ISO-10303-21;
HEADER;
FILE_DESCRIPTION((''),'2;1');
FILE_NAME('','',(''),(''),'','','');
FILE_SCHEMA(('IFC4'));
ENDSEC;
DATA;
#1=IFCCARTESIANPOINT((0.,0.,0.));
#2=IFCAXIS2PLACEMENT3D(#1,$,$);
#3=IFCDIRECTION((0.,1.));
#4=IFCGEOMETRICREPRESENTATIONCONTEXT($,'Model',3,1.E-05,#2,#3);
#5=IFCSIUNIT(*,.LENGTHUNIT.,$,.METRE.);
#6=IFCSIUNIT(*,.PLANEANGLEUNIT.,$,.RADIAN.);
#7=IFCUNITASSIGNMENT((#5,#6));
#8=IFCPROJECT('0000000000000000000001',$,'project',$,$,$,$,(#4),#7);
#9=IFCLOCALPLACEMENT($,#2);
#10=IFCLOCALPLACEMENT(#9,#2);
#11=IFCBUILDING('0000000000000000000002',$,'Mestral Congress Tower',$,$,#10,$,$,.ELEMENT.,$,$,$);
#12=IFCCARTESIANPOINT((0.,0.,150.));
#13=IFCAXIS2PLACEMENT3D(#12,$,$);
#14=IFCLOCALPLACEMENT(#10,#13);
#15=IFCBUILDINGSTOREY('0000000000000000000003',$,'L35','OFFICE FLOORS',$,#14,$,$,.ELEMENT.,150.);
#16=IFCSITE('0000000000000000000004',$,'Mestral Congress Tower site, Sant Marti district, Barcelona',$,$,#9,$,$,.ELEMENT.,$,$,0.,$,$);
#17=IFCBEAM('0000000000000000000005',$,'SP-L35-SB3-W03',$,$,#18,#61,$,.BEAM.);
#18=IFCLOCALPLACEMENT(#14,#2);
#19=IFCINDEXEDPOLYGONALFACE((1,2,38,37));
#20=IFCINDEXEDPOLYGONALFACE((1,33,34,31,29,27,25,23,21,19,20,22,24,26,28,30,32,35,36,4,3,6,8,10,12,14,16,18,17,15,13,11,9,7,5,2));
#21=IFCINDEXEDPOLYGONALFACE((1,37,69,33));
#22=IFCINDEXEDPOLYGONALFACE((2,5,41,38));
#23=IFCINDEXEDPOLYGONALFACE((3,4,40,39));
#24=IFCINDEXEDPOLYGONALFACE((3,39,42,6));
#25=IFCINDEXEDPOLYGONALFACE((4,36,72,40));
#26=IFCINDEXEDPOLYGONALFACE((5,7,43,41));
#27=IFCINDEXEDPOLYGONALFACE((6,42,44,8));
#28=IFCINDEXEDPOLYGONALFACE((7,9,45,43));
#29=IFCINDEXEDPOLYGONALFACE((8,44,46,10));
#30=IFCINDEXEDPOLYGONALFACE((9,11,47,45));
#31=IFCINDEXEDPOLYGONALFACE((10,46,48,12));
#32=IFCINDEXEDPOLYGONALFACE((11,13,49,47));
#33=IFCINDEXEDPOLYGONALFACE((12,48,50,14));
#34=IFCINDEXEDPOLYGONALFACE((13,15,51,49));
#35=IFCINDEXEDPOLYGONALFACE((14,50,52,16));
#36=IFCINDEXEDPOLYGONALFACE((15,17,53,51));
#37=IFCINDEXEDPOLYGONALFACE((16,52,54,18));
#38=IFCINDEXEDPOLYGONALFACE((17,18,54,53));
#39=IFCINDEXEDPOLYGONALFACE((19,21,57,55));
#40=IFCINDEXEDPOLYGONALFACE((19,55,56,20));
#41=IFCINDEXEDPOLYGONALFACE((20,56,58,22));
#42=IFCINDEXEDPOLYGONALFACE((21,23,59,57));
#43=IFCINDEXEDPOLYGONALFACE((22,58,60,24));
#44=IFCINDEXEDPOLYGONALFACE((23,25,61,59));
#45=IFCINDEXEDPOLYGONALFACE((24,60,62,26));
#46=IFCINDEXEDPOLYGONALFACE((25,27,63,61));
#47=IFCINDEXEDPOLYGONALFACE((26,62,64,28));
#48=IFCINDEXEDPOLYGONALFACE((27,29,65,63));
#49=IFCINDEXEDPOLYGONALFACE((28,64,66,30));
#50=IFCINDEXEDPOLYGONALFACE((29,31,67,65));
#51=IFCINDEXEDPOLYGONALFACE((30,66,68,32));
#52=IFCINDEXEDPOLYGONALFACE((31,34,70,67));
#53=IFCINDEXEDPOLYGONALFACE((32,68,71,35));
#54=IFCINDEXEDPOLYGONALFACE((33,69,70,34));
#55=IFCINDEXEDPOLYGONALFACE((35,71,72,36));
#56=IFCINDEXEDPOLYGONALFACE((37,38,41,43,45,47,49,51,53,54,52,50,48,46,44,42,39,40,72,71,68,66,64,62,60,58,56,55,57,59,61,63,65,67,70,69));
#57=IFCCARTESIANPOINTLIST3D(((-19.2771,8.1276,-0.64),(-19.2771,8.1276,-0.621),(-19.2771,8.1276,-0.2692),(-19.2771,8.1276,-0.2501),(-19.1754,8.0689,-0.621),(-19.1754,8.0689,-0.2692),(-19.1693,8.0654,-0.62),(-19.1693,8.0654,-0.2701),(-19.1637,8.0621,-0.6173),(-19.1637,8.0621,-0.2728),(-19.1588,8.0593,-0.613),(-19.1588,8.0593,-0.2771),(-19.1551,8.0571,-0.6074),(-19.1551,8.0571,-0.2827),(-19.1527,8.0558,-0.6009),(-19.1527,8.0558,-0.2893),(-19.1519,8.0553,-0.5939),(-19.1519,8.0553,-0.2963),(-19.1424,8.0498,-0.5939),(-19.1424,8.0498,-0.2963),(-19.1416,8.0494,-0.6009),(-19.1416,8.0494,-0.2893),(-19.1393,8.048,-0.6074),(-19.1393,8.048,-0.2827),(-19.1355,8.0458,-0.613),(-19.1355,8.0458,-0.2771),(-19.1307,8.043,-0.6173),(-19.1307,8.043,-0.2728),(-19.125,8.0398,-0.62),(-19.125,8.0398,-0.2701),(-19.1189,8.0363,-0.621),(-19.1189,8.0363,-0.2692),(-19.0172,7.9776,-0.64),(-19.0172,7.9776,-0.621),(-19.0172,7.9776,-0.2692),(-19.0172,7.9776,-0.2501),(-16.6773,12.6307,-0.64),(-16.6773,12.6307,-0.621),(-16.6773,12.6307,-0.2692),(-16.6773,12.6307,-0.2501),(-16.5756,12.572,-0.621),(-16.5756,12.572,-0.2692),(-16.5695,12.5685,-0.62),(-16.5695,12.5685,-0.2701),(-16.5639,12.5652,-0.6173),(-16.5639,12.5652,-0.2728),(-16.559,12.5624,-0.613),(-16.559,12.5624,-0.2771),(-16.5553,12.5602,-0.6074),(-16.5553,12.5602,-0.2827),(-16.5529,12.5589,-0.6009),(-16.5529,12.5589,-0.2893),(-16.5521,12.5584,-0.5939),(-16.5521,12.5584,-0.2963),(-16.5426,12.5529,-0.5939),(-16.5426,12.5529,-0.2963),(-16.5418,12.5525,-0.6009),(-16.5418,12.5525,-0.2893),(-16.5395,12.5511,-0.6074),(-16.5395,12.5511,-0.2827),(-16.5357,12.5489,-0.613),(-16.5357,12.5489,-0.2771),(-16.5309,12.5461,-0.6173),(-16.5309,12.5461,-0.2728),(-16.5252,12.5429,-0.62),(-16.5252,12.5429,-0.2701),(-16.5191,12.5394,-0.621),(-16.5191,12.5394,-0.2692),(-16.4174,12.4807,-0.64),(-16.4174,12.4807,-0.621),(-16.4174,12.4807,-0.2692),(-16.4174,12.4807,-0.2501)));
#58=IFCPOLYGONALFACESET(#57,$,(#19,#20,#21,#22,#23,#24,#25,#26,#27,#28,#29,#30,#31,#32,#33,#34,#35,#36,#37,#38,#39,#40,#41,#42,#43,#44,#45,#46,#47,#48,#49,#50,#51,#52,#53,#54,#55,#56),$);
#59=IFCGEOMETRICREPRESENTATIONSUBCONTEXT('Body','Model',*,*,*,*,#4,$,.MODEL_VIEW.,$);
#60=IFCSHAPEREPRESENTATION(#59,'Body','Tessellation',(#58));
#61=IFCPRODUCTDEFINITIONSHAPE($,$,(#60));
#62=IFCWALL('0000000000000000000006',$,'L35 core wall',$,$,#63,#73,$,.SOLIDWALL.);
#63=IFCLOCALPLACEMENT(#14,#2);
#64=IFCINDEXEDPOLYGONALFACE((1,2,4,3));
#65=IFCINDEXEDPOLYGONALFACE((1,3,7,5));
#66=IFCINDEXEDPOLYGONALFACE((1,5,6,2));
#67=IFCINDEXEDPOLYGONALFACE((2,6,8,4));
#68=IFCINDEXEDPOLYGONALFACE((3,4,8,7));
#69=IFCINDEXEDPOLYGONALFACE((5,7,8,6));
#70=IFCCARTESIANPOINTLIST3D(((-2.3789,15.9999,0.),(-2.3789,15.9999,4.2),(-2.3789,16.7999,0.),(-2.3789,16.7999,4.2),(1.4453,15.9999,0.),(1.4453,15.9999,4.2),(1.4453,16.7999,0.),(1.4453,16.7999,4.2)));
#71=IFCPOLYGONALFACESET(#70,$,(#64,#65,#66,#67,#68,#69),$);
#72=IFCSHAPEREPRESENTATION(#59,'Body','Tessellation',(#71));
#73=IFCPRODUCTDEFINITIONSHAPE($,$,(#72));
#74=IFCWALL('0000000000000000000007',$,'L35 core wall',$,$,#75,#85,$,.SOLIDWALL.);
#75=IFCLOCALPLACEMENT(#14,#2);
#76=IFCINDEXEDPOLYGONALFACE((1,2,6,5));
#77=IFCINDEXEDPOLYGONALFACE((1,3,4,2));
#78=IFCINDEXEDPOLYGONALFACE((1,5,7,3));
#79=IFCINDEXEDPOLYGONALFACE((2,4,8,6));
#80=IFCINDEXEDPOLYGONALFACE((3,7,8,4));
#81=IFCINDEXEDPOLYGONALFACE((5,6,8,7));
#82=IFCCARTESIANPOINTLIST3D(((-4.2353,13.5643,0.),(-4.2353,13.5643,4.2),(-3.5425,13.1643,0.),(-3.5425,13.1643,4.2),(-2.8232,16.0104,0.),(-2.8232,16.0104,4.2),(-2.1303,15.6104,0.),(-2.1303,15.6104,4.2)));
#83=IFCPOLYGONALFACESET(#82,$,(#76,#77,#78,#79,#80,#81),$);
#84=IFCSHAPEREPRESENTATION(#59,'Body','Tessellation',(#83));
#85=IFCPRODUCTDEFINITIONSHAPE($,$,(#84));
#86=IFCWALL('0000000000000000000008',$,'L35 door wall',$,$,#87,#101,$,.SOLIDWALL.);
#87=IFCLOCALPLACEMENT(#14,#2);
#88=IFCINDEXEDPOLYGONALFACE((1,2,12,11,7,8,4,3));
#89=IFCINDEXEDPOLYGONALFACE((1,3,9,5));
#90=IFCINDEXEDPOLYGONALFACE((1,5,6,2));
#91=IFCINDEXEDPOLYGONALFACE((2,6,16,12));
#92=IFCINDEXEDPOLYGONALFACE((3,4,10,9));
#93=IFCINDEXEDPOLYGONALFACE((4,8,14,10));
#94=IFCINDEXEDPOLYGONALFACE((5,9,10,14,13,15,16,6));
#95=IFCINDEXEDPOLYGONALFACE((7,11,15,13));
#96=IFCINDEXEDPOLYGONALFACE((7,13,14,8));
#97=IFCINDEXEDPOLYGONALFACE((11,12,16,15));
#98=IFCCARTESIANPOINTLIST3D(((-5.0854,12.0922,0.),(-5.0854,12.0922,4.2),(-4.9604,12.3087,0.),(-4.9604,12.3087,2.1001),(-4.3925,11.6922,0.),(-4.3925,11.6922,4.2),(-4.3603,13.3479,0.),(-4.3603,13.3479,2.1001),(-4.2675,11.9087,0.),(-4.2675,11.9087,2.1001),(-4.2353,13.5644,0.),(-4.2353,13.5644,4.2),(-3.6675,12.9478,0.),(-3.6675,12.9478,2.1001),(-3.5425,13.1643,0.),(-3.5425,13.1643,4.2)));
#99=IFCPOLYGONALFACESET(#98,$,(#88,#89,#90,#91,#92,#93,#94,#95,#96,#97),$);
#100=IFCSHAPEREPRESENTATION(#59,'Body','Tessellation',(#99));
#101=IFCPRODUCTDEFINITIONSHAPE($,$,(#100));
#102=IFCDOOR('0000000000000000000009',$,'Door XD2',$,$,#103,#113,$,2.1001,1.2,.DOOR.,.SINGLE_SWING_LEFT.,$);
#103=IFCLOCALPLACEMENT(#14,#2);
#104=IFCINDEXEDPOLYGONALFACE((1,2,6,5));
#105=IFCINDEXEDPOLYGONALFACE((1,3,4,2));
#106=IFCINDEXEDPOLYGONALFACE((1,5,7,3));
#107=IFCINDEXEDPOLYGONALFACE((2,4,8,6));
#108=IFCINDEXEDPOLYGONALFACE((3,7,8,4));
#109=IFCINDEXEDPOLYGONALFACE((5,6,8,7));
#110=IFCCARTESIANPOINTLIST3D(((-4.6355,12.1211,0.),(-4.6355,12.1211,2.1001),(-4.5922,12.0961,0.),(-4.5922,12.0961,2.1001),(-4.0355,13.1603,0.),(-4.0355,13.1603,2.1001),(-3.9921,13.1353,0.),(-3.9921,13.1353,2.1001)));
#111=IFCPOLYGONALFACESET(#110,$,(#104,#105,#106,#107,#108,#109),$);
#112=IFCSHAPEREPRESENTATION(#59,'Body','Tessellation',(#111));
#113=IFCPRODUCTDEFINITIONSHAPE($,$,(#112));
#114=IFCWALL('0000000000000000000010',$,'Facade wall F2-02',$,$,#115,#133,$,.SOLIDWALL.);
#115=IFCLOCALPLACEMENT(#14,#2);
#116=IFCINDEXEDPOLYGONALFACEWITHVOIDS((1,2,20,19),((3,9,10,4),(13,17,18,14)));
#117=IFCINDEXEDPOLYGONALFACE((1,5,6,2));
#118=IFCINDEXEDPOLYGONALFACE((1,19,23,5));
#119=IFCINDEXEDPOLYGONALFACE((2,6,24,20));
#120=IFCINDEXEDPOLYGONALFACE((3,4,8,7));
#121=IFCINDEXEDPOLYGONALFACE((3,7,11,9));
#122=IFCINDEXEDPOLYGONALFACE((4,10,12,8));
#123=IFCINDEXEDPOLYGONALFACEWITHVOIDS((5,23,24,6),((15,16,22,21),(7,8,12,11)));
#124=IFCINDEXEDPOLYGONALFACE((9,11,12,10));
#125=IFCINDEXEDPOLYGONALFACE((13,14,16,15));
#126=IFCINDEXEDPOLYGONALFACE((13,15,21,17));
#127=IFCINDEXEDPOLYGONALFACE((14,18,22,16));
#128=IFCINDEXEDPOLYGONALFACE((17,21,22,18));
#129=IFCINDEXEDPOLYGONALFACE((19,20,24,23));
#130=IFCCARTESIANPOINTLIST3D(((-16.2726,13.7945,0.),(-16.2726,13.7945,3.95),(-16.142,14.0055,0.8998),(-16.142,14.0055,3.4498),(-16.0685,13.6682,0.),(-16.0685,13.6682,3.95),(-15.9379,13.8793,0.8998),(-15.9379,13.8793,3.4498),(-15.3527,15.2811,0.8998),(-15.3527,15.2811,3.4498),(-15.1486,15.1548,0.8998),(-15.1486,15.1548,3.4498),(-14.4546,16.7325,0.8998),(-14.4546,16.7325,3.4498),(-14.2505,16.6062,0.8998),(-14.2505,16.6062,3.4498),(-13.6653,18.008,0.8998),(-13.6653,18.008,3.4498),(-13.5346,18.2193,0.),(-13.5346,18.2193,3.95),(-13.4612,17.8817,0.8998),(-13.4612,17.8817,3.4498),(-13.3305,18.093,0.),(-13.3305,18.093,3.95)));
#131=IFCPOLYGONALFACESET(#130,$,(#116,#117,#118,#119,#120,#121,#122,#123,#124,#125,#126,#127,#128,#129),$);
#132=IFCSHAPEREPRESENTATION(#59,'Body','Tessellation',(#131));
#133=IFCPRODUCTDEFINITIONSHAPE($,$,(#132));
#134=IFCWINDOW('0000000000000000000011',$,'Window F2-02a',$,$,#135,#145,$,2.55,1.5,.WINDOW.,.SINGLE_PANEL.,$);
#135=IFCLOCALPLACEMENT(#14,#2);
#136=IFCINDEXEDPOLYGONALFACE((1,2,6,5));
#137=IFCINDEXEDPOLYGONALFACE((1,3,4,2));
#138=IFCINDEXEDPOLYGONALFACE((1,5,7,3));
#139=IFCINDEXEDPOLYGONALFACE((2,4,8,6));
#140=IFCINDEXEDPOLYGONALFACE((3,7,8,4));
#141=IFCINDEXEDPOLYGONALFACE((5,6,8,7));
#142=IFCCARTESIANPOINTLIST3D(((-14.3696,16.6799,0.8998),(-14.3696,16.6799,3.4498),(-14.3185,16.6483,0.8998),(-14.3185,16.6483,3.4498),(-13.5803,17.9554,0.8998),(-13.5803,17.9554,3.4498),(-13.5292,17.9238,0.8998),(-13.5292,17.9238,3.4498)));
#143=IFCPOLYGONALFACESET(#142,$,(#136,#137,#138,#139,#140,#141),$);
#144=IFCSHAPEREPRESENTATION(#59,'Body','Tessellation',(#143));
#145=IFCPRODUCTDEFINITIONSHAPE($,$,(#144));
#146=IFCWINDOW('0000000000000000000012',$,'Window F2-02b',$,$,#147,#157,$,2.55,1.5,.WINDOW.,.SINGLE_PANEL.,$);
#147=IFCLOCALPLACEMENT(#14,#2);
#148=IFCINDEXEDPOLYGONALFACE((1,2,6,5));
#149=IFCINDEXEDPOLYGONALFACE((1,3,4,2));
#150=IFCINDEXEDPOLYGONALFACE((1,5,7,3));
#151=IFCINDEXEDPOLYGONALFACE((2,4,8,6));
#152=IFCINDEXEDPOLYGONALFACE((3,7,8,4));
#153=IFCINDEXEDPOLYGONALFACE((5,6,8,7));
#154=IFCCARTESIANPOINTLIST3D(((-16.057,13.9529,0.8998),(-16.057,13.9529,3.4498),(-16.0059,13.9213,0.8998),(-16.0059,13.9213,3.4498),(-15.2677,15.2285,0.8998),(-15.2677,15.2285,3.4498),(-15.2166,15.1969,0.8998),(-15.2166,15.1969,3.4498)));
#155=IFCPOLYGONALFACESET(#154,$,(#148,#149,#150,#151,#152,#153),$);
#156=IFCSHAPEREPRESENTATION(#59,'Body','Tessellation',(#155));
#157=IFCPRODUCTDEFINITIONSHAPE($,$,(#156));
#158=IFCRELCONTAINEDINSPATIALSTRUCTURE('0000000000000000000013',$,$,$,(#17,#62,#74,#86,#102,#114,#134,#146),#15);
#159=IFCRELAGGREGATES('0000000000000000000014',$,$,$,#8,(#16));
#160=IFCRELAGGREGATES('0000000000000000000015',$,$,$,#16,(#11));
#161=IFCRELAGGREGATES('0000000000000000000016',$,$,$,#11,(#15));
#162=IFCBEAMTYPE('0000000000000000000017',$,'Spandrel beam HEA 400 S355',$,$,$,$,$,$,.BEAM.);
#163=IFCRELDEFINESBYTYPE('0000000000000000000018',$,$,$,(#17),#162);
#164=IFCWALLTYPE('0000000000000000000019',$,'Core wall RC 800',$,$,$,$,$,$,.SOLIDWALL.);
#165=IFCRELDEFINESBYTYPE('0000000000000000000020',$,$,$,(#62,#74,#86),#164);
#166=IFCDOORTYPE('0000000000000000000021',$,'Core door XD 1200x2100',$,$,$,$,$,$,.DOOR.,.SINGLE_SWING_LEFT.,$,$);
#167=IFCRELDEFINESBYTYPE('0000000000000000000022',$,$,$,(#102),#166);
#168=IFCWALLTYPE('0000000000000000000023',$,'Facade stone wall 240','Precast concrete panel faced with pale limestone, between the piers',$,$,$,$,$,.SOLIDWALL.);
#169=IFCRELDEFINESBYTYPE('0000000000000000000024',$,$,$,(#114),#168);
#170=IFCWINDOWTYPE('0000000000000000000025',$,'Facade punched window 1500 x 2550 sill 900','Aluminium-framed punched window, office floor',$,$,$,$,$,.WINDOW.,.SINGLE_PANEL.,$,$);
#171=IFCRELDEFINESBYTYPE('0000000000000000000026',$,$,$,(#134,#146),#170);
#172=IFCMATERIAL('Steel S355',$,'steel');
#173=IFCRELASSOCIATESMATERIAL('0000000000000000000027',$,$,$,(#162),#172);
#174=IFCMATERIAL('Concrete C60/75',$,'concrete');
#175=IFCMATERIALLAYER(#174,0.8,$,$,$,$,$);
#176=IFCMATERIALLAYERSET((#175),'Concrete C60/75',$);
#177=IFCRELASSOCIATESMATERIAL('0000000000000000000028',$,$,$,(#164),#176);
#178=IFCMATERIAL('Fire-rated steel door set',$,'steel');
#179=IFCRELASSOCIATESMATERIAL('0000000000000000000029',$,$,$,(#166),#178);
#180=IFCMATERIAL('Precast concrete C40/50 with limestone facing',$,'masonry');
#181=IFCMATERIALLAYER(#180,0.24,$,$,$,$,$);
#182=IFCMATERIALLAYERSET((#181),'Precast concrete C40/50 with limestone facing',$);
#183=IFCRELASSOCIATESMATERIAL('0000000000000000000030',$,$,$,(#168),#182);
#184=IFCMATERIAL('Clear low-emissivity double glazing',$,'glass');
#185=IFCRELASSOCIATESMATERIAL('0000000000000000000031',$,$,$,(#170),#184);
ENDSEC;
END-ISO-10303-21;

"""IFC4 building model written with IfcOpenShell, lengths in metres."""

from ifc_helpers import new_model, si_unit, direction, frame, frame_2d, origin, origin_2d, place, context, subcontext, project, spatial, rectangle, i_section, extrude, material, layer, layer_set, material_profile, profile_set, type_object, element, fill, save


model = new_model("IFC4")

# Units and contexts
model_context = context("Model", 3, precision=1e-05, world=origin(), true_north=direction((0.0, 1.0)))
body_context = subcontext(model_context, "Body", "Model", "MODEL_VIEW")
ifc_project = project(units=[si_unit("LENGTHUNIT", "METRE"), si_unit("PLANEANGLEUNIT", "RADIAN")], contexts=[model_context])

# Site, building, storey
site_placement = place(None, origin())
site = spatial("IfcSite", under=ifc_project, at=site_placement, Name="Mestral Congress Tower site, Sant Marti district, Barcelona", CompositionType="ELEMENT", RefElevation=0.0)
building_placement = place(site_placement, origin())
building = spatial("IfcBuilding", under=site, at=building_placement, Name="Mestral Congress Tower", CompositionType="ELEMENT")
storey_placement = place(building_placement, frame((0.0, 0.0, 150.0)))
storey = spatial("IfcBuildingStorey", under=building, at=storey_placement, Name="L35", Description="OFFICE FLOORS", CompositionType="ELEMENT", Elevation=150.0)

# Shared definitions
ifc_material_1 = material(Name="Concrete C60/75", Category="concrete")

# Beam
ifc_material_2 = material(Name="Steel S355", Category="steel")
ifc_material_profile_1 = material_profile(ifc_material_2, i_section(OverallWidth=0.3, OverallDepth=0.3899, WebThickness=0.011, FlangeThickness=0.019, FilletRadius=0.0271, at=origin_2d()), Name="HEA 400")
ifc_profile_set_1 = profile_set([ifc_material_profile_1], Name="Steel S355")
beam_type_1 = type_object("IfcBeamType", Name="Spandrel beam HEA 400 S355", PredefinedType="BEAM", material=ifc_profile_set_1)
beam_1_placement = place(storey_placement, frame((-16.5474, 12.5557, -0.4451), z_axis=(-0.499992, -0.86603, 0.0), x_axis=(0.86603, -0.499992, 0.0)))
element("IfcBeam", 1, at=beam_1_placement, inside=storey, type_object=beam_type_1, Name="SP-L35-SB3-W03", PredefinedType="BEAM", context=body_context, shape_type="SweptSolid", body=[
    extrude(i_section(OverallWidth=0.3, OverallDepth=0.3899, WebThickness=0.011, FlangeThickness=0.019, FilletRadius=0.0271, at=origin_2d()), origin(), (0.0, 0.0, 1.0), 5.1997),
])

# Walls
ifc_layer_1 = layer(ifc_material_1, 0.8)
ifc_layer_set_1 = layer_set([ifc_layer_1], Name="Concrete C60/75")
wall_type_1 = type_object("IfcWallType", Name="Core wall RC 800", PredefinedType="SOLIDWALL", material=ifc_layer_set_1)
wall_1_placement = place(storey_placement, frame((-2.3789, 16.3999, 0.0), z_axis=(0.0, 0.0, 1.0), x_axis=(1.0, 0.0, 0.0)))
element("IfcWall", 2, at=wall_1_placement, inside=storey, type_object=wall_type_1, Name="L35 core wall", PredefinedType="SOLIDWALL", context=body_context, shape_type="SweptSolid", body=[
    extrude(rectangle(XDim=3.8242, YDim=0.8, at=frame_2d((1.9121, 0.0))), origin(), (0.0, 0.0, 1.0), 4.2),
])
wall_2_placement = place(storey_placement, frame((-2.4768, 15.8103, 0.0), z_axis=(0.0, 0.0, 1.0), x_axis=(-0.499969, -0.866043, 0.0)))
element("IfcWall", 3, at=wall_2_placement, inside=storey, type_object=wall_type_1, Name="L35 core wall", PredefinedType="SOLIDWALL", context=body_context, shape_type="SweptSolid", body=[
    extrude(rectangle(XDim=2.8245, YDim=0.8, at=frame_2d((1.4121, 0.0))), origin(), (0.0, 0.0, 1.0), 4.2),
])

# Wall, opening, door
wall_3_placement = place(storey_placement, frame((-4.739, 11.8921, 0.0), z_axis=(0.0, 0.0, 1.0), x_axis=(0.500062, 0.865989, 0.0)))
wall_3 = element("IfcWall", 4, at=wall_3_placement, inside=storey, type_object=wall_type_1, Name="L35 door wall", PredefinedType="SOLIDWALL", context=body_context, shape_type="SweptSolid", body=[
    extrude(rectangle(XDim=1.7, YDim=0.8, at=frame_2d((0.8501, 0.0))), origin(), (0.0, 0.0, 1.0), 4.2),
])
opening_1_placement = place(wall_3_placement, frame((0.25, 0.0, 0.0)))
opening_1 = element("IfcOpeningElement", 5, at=opening_1_placement, cuts=wall_3, PredefinedType="OPENING", context=body_context, shape_type="SweptSolid", body=[
    extrude(rectangle(XDim=1.2, YDim=2.1001, at=frame_2d((0.6001, 1.05))), frame((0.0, 0.4099, 0.0), z_axis=(0.0, -1.0, 0.0), x_axis=(1.0, 0.0, 0.0)), (0.0, 0.0, 1.0), 0.8201),
])
ifc_material_3 = material(Name="Fire-rated steel door set", Category="steel")
door_type_1 = type_object("IfcDoorType", Name="Core door XD 1200x2100", OperationType="SINGLE_SWING_LEFT", PredefinedType="DOOR", material=ifc_material_3)
door_1_placement = place(opening_1_placement, origin())
door_1 = element("IfcDoor", 6, at=door_1_placement, inside=storey, type_object=door_type_1, Name="Door XD2", OperationType="SINGLE_SWING_LEFT", OverallHeight=2.1001, OverallWidth=1.2, PredefinedType="DOOR", context=body_context, shape_type="SweptSolid", body=[
    extrude(rectangle(XDim=1.2, YDim=2.1001, at=frame_2d((0.6001, 1.05))), frame((0.0, 0.0249, 0.0), z_axis=(0.0, -1.0, 0.0), x_axis=(1.0, 0.0, 0.0)), (0.0, 0.0, 1.0), 0.05),
])
fill(opening_1, door_1)

# Wall, openings, windows
ifc_material_4 = material(Name="Precast concrete C40/50 with limestone facing", Category="masonry")
ifc_layer_2 = layer(ifc_material_4, 0.24)
ifc_layer_set_2 = layer_set([ifc_layer_2], Name="Precast concrete C40/50 with limestone facing")
wall_type_2 = type_object("IfcWallType", Name="Facade stone wall 240", Description="Precast concrete panel faced with pale limestone, between the piers", PredefinedType="SOLIDWALL", material=ifc_layer_set_2)
wall_4_placement = place(storey_placement, frame((-13.4326, 18.156, 0.0), z_axis=(0.0, 0.0, 1.0), x_axis=(-0.526198, -0.850362, 0.0)))
wall_4 = element("IfcWall", 7, at=wall_4_placement, inside=storey, type_object=wall_type_2, Name="Facade wall F2-02", PredefinedType="SOLIDWALL", context=body_context, shape_type="SweptSolid", body=[
    extrude(rectangle(XDim=5.2034, YDim=0.24, at=frame_2d((2.6016, 0.0))), origin(), (0.0, 0.0, 1.0), 3.95),
])
opening_2_placement = place(wall_4_placement, frame((0.2483, 0.0, 0.8999)))
opening_2 = element("IfcOpeningElement", 8, at=opening_2_placement, cuts=wall_4, PredefinedType="OPENING", context=body_context, shape_type="SweptSolid", body=[
    extrude(rectangle(XDim=1.5, YDim=2.55, at=frame_2d((0.75, 1.2749))), frame((0.0, 0.1299, 0.0), z_axis=(0.0, -1.0, 0.0), x_axis=(1.0, 0.0, 0.0)), (0.0, 0.0, 1.0), 0.26),
])
opening_3_placement = place(wall_4_placement, frame((3.4551, 0.0, 0.8999)))
opening_3 = element("IfcOpeningElement", 9, at=opening_3_placement, cuts=wall_4, PredefinedType="OPENING", context=body_context, shape_type="SweptSolid", body=[
    extrude(rectangle(XDim=1.5, YDim=2.55, at=frame_2d((0.75, 1.2749))), frame((0.0, 0.1299, 0.0), z_axis=(0.0, -1.0, 0.0), x_axis=(1.0, 0.0, 0.0)), (0.0, 0.0, 1.0), 0.26),
])
ifc_material_5 = material(Name="Clear low-emissivity double glazing", Category="glass")
window_type = type_object("IfcWindowType", Name="Facade punched window 1500 x 2550 sill 900", Description="Aluminium-framed punched window, office floor", PartitioningType="SINGLE_PANEL", PredefinedType="WINDOW", material=ifc_material_5)
window_1_placement = place(opening_2_placement, origin())
window_1 = element("IfcWindow", 10, at=window_1_placement, inside=storey, type_object=window_type, Name="Window F2-02a", OverallHeight=2.55, OverallWidth=1.5, PartitioningType="SINGLE_PANEL", PredefinedType="WINDOW", context=body_context, shape_type="SweptSolid", body=[
    extrude(rectangle(XDim=1.5, YDim=2.55, at=frame_2d((0.75, 1.2749))), frame((0.0, 0.04, 0.0), z_axis=(0.0, -1.0, 0.0), x_axis=(1.0, 0.0, 0.0)), (0.0, 0.0, 1.0), 0.0601),
])
fill(opening_2, window_1)
window_2_placement = place(opening_3_placement, origin())
window_2 = element("IfcWindow", 11, at=window_2_placement, inside=storey, type_object=window_type, Name="Window F2-02b", OverallHeight=2.55, OverallWidth=1.5, PartitioningType="SINGLE_PANEL", PredefinedType="WINDOW", context=body_context, shape_type="SweptSolid", body=[
    extrude(rectangle(XDim=1.5, YDim=2.55, at=frame_2d((0.75, 1.2749))), frame((0.0, 0.04, 0.0), z_axis=(0.0, -1.0, 0.0), x_axis=(1.0, 0.0, 0.0)), (0.0, 0.0, 1.0), 0.0601),
])
fill(opening_3, window_2)

save(model, "model.ifc")
